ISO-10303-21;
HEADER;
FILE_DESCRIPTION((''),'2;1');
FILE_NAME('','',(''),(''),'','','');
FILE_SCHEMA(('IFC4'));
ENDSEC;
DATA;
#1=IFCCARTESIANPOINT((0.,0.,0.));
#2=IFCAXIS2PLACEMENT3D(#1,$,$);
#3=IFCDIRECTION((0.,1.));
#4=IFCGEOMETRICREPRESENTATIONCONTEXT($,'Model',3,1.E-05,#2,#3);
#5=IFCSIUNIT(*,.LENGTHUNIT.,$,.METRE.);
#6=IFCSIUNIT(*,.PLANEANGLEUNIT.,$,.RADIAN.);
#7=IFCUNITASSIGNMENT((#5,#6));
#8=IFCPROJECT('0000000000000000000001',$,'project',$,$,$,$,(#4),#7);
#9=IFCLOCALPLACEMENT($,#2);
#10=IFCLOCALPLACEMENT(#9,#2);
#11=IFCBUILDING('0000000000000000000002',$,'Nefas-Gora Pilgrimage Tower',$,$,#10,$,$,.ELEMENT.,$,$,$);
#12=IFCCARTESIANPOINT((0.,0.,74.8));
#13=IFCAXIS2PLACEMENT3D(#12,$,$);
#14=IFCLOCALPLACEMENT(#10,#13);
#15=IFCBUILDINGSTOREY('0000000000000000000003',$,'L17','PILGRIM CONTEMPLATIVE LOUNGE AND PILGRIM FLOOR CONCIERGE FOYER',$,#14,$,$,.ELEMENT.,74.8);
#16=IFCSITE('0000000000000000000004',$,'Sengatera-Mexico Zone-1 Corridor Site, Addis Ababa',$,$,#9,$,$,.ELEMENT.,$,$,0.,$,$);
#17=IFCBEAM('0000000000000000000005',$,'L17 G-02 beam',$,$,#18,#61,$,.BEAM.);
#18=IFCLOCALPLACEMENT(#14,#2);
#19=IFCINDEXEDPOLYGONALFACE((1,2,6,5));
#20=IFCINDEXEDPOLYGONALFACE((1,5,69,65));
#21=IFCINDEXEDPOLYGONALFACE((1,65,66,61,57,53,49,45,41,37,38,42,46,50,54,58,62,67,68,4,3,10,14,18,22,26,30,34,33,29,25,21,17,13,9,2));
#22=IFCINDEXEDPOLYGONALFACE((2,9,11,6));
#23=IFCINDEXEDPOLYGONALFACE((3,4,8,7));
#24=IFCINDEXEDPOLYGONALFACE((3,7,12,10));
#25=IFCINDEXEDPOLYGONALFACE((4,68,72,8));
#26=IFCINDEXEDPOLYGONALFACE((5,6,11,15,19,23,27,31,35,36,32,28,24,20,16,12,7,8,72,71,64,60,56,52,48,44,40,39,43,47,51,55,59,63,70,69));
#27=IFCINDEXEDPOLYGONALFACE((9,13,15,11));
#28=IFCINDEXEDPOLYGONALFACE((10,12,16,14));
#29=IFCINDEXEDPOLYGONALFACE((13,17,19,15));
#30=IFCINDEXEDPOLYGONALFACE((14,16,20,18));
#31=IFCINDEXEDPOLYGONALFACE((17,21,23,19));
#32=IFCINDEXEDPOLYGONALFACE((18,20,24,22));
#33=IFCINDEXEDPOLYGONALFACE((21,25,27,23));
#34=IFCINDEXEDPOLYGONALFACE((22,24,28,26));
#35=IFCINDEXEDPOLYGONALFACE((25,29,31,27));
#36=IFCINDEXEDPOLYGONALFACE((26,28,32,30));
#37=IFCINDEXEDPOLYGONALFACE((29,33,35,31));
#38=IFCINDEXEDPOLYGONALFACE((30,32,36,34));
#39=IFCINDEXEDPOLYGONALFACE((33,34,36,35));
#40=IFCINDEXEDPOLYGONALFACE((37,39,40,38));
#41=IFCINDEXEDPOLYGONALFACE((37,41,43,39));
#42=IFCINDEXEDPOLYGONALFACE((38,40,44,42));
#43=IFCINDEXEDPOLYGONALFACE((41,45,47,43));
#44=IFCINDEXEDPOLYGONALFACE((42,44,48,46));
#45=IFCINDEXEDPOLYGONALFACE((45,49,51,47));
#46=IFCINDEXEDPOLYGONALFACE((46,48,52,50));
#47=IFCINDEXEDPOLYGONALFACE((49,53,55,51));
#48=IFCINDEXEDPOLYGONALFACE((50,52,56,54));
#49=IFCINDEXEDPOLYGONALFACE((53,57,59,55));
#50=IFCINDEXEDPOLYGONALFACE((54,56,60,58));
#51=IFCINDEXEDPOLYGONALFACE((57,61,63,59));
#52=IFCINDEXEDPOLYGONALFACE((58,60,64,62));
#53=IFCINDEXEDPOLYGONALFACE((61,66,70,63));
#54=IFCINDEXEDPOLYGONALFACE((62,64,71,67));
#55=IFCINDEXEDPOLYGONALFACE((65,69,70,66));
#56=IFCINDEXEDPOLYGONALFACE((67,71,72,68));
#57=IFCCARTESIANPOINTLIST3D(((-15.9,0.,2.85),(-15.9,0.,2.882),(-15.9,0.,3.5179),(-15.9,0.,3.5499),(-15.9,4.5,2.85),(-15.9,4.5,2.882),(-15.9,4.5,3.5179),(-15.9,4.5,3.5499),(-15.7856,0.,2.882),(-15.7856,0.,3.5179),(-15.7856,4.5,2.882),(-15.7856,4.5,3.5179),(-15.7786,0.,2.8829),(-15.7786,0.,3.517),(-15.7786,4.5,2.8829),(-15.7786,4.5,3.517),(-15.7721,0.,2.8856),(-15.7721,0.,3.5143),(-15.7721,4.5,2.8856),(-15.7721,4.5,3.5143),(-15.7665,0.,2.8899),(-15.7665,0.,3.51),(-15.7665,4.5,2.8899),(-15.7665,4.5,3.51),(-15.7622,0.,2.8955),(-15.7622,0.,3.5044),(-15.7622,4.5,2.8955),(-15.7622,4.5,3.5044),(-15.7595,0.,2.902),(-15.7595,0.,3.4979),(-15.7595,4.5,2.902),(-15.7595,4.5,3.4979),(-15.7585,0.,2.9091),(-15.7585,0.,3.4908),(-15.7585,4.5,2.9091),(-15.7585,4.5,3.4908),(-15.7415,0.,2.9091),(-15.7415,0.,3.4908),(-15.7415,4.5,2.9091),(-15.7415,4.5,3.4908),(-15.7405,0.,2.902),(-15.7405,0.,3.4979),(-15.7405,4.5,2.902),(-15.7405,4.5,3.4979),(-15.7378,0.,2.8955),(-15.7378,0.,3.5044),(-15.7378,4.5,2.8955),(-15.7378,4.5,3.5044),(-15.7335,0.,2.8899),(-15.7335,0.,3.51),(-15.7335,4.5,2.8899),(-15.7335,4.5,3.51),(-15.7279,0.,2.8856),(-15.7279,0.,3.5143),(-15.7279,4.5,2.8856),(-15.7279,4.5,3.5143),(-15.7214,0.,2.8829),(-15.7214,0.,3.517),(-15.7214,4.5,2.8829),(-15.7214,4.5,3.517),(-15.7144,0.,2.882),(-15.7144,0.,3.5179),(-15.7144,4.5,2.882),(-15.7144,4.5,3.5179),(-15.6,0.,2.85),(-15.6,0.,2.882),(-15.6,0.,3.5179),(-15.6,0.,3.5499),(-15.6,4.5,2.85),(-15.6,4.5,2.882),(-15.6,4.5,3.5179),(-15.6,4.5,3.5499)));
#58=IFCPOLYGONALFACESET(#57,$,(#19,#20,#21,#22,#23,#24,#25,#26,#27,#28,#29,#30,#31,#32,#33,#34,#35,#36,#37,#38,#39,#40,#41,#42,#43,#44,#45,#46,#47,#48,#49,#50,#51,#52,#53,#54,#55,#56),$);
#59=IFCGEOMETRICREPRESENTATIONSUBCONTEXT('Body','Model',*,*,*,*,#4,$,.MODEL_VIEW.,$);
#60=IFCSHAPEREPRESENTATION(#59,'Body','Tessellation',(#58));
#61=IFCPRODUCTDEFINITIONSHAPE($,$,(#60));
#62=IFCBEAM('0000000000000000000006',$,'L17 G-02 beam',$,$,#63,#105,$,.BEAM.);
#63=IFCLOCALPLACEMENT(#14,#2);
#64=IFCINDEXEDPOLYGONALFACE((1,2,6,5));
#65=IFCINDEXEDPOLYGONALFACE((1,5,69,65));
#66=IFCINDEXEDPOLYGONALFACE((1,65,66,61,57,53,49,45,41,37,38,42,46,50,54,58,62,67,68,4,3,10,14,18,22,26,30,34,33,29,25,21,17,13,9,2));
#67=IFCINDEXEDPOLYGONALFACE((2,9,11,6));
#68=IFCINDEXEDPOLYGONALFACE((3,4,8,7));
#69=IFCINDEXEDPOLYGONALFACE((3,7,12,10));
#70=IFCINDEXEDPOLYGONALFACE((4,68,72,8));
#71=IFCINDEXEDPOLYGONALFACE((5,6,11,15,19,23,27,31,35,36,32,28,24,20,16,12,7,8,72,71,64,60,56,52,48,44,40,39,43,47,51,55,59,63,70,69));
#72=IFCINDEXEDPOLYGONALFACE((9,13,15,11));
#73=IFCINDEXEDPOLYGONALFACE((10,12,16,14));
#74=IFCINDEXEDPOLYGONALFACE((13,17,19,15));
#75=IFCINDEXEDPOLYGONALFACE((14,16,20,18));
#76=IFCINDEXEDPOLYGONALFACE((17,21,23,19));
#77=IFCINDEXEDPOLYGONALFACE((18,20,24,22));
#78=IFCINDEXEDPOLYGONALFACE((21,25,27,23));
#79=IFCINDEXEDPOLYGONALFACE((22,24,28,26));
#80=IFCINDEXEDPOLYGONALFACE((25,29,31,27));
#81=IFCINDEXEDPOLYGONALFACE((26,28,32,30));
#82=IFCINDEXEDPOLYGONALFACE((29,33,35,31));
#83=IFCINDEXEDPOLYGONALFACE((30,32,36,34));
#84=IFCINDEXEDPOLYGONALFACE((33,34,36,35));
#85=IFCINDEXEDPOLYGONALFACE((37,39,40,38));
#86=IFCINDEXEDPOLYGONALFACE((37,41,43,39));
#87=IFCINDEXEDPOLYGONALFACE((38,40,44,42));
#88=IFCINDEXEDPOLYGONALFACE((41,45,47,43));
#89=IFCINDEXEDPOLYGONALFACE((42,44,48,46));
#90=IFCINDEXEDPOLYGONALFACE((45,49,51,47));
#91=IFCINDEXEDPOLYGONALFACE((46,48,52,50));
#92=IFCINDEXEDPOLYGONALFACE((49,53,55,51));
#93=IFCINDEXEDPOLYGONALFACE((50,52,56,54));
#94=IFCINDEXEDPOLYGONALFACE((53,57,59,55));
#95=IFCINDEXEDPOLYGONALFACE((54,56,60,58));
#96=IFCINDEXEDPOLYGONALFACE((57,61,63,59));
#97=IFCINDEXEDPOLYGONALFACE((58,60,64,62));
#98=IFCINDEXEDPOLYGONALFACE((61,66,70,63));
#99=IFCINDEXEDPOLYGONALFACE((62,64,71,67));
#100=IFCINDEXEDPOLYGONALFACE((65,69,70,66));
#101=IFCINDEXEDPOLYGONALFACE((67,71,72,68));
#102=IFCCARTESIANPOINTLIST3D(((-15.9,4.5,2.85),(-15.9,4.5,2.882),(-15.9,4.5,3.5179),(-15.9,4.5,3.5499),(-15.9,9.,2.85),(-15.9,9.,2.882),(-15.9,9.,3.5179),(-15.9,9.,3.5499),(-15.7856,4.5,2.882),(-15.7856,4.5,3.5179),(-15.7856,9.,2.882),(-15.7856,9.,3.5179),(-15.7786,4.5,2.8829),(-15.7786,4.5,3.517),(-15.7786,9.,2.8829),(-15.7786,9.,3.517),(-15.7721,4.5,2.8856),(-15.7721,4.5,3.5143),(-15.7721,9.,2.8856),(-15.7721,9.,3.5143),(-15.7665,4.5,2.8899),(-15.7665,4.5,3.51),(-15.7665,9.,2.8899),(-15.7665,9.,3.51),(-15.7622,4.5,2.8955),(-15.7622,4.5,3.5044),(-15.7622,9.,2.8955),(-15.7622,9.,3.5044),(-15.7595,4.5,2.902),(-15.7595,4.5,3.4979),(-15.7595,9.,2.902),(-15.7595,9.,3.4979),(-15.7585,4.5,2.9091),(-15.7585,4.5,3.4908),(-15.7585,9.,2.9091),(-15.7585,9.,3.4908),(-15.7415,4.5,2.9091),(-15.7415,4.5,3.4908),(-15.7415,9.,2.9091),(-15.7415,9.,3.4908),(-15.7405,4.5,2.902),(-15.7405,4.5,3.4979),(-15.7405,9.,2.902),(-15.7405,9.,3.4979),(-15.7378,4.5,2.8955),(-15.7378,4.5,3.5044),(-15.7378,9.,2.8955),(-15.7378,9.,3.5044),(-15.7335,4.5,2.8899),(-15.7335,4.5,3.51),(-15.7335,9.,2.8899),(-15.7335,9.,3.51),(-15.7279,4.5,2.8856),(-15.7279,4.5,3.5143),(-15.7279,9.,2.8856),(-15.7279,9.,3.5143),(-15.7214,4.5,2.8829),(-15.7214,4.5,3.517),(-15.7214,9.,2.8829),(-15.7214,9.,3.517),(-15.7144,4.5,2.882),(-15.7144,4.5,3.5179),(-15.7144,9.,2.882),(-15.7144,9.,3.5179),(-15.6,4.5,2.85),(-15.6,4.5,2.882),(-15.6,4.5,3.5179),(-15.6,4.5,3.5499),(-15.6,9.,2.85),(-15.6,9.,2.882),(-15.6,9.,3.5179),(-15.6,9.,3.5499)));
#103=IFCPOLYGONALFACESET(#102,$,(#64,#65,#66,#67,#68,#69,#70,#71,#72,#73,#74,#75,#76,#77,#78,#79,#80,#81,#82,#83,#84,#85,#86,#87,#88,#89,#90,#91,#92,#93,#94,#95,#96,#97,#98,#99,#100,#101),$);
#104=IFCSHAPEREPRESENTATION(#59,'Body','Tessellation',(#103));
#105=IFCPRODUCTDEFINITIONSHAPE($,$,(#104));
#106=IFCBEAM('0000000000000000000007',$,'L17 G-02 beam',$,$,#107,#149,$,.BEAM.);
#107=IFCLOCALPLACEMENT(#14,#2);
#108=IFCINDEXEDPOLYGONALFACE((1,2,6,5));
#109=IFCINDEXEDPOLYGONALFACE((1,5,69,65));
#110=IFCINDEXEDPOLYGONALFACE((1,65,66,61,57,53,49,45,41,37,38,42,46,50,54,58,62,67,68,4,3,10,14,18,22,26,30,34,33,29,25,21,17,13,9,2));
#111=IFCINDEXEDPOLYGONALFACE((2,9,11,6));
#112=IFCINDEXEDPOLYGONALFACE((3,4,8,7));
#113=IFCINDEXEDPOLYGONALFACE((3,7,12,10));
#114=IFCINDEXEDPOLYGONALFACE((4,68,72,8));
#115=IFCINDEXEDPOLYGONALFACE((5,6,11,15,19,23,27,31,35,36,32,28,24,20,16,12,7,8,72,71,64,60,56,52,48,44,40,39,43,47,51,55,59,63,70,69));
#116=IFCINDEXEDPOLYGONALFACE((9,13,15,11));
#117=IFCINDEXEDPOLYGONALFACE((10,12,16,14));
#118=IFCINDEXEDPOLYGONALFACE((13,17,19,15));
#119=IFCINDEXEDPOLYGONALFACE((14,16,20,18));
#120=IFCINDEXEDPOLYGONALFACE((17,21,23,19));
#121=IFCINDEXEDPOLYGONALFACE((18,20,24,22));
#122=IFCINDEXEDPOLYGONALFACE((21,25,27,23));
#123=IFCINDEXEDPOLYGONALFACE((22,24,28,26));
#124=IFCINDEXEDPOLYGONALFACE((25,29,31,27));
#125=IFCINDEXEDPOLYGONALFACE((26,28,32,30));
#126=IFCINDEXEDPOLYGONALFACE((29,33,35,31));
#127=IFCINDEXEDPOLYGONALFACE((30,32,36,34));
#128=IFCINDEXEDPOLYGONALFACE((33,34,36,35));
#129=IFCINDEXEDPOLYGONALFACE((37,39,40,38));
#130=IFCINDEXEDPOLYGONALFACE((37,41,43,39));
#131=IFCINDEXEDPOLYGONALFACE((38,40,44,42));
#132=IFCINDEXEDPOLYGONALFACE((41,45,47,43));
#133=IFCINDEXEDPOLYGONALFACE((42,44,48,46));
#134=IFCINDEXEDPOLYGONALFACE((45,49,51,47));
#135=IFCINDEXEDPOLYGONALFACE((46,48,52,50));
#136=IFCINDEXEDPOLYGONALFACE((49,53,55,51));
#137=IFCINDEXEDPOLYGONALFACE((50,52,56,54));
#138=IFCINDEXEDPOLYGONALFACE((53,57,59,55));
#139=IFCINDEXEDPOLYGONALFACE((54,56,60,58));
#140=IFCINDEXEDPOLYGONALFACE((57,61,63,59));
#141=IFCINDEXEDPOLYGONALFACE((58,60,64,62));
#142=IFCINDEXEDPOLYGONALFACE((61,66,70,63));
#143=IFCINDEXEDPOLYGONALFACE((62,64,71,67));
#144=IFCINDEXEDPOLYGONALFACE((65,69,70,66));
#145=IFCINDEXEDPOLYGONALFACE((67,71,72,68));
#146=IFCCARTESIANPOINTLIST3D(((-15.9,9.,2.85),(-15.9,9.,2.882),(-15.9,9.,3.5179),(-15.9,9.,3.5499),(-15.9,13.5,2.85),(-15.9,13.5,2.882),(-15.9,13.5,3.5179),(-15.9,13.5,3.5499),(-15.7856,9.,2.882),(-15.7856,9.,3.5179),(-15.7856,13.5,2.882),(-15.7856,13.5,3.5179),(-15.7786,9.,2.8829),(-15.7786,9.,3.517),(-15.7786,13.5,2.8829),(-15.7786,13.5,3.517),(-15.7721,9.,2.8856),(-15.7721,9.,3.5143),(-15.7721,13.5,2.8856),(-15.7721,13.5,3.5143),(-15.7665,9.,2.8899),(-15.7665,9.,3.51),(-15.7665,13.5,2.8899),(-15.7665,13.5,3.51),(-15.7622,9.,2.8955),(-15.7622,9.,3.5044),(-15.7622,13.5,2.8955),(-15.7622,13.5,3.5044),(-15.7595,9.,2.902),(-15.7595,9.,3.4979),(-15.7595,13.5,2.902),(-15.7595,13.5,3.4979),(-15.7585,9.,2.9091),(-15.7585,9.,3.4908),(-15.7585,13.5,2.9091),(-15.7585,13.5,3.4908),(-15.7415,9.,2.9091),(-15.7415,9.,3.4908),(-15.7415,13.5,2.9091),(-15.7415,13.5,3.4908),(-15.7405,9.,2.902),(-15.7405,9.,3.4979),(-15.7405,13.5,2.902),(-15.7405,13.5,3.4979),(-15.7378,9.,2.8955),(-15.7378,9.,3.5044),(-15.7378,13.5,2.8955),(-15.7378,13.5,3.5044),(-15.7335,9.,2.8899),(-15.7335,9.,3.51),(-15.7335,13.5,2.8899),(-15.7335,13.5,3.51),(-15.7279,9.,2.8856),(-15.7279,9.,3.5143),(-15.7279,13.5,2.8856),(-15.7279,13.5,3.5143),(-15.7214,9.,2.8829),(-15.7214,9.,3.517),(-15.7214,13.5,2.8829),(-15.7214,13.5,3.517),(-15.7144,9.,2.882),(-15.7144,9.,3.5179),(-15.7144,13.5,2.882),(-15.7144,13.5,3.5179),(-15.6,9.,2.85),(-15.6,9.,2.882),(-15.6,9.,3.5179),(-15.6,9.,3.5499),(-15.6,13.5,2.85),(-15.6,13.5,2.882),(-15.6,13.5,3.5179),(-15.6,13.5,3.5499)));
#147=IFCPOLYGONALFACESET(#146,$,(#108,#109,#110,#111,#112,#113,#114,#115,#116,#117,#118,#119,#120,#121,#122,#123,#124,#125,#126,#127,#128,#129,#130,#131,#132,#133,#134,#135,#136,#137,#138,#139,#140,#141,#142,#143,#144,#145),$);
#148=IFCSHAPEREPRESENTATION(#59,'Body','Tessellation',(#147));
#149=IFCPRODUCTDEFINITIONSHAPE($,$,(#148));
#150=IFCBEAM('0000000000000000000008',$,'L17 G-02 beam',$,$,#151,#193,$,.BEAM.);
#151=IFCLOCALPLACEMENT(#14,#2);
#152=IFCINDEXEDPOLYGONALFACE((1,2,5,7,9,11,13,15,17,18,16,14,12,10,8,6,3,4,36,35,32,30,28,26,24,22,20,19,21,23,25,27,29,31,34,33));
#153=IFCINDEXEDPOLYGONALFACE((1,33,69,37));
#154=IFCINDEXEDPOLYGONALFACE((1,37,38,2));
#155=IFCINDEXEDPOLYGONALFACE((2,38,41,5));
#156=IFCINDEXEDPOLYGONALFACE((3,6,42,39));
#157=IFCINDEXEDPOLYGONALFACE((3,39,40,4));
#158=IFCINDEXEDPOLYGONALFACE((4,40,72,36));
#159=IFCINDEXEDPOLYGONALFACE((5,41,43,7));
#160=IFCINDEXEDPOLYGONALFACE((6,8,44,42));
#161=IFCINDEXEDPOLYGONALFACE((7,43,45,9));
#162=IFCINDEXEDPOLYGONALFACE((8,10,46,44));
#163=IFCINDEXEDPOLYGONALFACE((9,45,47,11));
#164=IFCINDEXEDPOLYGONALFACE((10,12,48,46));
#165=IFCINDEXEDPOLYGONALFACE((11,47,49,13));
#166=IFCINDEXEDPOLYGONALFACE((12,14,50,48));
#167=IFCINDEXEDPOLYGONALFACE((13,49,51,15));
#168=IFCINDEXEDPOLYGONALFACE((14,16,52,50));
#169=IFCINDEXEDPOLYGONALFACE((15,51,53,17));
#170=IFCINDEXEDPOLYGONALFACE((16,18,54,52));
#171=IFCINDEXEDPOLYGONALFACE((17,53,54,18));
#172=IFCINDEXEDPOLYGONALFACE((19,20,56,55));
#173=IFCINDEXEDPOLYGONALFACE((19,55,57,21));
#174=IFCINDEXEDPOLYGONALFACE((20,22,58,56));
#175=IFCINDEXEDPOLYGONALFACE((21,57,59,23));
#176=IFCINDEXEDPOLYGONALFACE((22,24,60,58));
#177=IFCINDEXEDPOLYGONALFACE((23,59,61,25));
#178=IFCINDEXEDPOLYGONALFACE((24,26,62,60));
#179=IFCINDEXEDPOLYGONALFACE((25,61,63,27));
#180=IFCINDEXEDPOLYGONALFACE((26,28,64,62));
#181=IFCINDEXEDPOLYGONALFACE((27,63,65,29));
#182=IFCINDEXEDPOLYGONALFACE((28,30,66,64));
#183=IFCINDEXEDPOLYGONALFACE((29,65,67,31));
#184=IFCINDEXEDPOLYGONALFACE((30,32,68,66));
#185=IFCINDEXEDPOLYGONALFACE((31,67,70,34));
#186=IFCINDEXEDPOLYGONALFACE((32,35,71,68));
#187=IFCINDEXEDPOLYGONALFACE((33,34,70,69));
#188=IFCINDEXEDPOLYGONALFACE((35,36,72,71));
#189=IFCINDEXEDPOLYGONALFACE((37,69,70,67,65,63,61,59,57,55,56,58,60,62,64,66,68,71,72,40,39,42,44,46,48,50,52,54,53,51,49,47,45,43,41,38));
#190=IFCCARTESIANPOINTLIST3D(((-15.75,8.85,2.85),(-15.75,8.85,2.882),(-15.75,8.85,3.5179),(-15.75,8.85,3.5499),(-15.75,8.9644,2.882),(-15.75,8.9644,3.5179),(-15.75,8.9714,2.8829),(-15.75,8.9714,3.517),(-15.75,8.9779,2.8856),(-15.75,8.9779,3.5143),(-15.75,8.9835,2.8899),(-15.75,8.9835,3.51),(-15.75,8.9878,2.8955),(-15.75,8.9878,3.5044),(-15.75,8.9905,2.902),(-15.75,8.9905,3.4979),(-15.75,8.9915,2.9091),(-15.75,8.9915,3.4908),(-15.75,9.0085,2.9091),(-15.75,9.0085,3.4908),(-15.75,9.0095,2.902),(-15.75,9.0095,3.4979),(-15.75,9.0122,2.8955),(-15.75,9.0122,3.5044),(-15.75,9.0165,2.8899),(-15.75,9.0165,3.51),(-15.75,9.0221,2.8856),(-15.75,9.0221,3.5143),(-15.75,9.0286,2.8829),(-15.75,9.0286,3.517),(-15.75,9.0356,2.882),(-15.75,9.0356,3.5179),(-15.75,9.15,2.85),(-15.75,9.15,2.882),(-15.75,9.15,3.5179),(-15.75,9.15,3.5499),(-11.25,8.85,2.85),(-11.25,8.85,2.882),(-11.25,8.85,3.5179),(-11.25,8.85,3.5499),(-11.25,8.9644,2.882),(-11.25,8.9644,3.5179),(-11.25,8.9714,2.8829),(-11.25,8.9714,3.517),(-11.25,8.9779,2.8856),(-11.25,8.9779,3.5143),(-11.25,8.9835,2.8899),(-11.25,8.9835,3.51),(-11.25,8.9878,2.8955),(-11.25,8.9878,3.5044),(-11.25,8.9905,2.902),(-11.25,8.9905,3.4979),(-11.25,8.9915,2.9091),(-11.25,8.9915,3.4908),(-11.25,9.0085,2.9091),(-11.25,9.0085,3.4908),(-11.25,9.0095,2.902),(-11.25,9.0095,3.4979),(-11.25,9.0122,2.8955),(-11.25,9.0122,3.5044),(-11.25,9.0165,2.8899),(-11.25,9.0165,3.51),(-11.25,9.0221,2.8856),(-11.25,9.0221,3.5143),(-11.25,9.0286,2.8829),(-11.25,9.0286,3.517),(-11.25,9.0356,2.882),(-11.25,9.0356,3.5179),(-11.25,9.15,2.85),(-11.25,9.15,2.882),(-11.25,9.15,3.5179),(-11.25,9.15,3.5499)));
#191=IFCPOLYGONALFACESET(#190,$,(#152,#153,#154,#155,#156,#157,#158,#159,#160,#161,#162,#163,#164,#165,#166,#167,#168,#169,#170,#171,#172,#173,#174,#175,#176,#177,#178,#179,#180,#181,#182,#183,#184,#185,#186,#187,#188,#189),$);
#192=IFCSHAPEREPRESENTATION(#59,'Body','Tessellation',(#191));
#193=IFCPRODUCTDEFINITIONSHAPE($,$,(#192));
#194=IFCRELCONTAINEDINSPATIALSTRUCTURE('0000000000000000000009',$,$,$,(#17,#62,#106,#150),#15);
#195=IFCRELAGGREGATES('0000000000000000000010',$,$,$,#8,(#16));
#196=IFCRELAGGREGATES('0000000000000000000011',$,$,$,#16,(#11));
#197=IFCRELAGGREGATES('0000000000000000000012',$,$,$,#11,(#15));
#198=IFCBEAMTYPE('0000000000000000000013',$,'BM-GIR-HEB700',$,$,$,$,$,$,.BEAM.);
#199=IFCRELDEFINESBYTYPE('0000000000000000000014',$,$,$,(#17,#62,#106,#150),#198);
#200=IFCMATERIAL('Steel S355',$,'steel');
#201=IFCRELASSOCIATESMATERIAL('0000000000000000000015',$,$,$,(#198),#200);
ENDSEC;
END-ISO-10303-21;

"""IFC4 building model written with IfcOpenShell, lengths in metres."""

from ifc_helpers import new_model, si_unit, direction, frame, origin, origin_2d, place, context, subcontext, project, spatial, i_section, extrude, source, transform, mapped, material, material_profile, profile_set, type_object, element, save


model = new_model("IFC4")

# Units and contexts
model_context = context("Model", 3, precision=1e-05, world=origin(), true_north=direction((0.0, 1.0)))
body_context = subcontext(model_context, "Body", "Model", "MODEL_VIEW")
ifc_project = project(units=[si_unit("LENGTHUNIT", "METRE"), si_unit("PLANEANGLEUNIT", "RADIAN")], contexts=[model_context])

# Site, building, storey
site_placement = place(None, origin())
site = spatial("IfcSite", under=ifc_project, at=site_placement, Name="Sengatera-Mexico Zone-1 Corridor Site, Addis Ababa", CompositionType="ELEMENT", RefElevation=0.0)
building_placement = place(site_placement, origin())
building = spatial("IfcBuilding", under=site, at=building_placement, Name="Nefas-Gora Pilgrimage Tower", CompositionType="ELEMENT")
storey_placement = place(building_placement, frame((0.0, 0.0, 74.8)))
storey = spatial("IfcBuildingStorey", under=building, at=storey_placement, Name="L17", Description="PILGRIM CONTEMPLATIVE LOUNGE AND PILGRIM FLOOR CONCIERGE FOYER", CompositionType="ELEMENT", Elevation=74.8)

# Beams
ifc_material_1 = material(Name="Steel S355", Category="steel")
ifc_material_profile_1 = material_profile(ifc_material_1, i_section(OverallWidth=0.3, OverallDepth=0.7, WebThickness=0.0171, FlangeThickness=0.032, FilletRadius=0.0271, at=origin_2d()), Name="HEB 700")
ifc_profile_set_1 = profile_set([ifc_material_profile_1], Name="Steel S355")
beam_type_1 = type_object("IfcBeamType", Name="BM-GIR-HEB700", PredefinedType="BEAM", material=ifc_profile_set_1)
shared_shape_1 = source(origin(), body_context, "Body", "SweptSolid", [
    extrude(i_section(OverallWidth=0.3, OverallDepth=0.7, WebThickness=0.0171, FlangeThickness=0.032, FilletRadius=0.0271, at=origin_2d()), origin(), (0.0, 0.0, 1.0), 4.5),
])
for number, where, z_axis, x_axis, name in (
    (1, (-15.75, 0.0, 3.2), (0.0, 1.0, 0.0), (-1.0, 0.0, 0.0), "L17 G-02 beam"),
    (2, (-15.75, 4.5, 3.2), (0.0, 1.0, 0.0), (-1.0, 0.0, 0.0), "L17 G-02 beam"),
    (3, (-15.75, 9.0, 3.2), (0.0, 1.0, 0.0), (-1.0, 0.0, 0.0), "L17 G-02 beam"),
    (4, (-15.75, 9.0, 3.2), (1.0, 0.0, 0.0), (0.0, 1.0, 0.0), "L17 G-02 beam"),
):
    element("IfcBeam", number, at=place(storey_placement, frame(where, z_axis=z_axis, x_axis=x_axis)), inside=storey, type_object=beam_type_1, Name=name, PredefinedType="BEAM", context=body_context, shape_type="MappedRepresentation", body=[
        mapped(shared_shape_1, transform((0.0, 0.0, 0.0), x_axis=(1.0, 0.0, 0.0), y_axis=(0.0, 1.0, 0.0), z_axis=(0.0, 0.0, 1.0), scale=1.0)),
    ])

save(model, "model.ifc")
